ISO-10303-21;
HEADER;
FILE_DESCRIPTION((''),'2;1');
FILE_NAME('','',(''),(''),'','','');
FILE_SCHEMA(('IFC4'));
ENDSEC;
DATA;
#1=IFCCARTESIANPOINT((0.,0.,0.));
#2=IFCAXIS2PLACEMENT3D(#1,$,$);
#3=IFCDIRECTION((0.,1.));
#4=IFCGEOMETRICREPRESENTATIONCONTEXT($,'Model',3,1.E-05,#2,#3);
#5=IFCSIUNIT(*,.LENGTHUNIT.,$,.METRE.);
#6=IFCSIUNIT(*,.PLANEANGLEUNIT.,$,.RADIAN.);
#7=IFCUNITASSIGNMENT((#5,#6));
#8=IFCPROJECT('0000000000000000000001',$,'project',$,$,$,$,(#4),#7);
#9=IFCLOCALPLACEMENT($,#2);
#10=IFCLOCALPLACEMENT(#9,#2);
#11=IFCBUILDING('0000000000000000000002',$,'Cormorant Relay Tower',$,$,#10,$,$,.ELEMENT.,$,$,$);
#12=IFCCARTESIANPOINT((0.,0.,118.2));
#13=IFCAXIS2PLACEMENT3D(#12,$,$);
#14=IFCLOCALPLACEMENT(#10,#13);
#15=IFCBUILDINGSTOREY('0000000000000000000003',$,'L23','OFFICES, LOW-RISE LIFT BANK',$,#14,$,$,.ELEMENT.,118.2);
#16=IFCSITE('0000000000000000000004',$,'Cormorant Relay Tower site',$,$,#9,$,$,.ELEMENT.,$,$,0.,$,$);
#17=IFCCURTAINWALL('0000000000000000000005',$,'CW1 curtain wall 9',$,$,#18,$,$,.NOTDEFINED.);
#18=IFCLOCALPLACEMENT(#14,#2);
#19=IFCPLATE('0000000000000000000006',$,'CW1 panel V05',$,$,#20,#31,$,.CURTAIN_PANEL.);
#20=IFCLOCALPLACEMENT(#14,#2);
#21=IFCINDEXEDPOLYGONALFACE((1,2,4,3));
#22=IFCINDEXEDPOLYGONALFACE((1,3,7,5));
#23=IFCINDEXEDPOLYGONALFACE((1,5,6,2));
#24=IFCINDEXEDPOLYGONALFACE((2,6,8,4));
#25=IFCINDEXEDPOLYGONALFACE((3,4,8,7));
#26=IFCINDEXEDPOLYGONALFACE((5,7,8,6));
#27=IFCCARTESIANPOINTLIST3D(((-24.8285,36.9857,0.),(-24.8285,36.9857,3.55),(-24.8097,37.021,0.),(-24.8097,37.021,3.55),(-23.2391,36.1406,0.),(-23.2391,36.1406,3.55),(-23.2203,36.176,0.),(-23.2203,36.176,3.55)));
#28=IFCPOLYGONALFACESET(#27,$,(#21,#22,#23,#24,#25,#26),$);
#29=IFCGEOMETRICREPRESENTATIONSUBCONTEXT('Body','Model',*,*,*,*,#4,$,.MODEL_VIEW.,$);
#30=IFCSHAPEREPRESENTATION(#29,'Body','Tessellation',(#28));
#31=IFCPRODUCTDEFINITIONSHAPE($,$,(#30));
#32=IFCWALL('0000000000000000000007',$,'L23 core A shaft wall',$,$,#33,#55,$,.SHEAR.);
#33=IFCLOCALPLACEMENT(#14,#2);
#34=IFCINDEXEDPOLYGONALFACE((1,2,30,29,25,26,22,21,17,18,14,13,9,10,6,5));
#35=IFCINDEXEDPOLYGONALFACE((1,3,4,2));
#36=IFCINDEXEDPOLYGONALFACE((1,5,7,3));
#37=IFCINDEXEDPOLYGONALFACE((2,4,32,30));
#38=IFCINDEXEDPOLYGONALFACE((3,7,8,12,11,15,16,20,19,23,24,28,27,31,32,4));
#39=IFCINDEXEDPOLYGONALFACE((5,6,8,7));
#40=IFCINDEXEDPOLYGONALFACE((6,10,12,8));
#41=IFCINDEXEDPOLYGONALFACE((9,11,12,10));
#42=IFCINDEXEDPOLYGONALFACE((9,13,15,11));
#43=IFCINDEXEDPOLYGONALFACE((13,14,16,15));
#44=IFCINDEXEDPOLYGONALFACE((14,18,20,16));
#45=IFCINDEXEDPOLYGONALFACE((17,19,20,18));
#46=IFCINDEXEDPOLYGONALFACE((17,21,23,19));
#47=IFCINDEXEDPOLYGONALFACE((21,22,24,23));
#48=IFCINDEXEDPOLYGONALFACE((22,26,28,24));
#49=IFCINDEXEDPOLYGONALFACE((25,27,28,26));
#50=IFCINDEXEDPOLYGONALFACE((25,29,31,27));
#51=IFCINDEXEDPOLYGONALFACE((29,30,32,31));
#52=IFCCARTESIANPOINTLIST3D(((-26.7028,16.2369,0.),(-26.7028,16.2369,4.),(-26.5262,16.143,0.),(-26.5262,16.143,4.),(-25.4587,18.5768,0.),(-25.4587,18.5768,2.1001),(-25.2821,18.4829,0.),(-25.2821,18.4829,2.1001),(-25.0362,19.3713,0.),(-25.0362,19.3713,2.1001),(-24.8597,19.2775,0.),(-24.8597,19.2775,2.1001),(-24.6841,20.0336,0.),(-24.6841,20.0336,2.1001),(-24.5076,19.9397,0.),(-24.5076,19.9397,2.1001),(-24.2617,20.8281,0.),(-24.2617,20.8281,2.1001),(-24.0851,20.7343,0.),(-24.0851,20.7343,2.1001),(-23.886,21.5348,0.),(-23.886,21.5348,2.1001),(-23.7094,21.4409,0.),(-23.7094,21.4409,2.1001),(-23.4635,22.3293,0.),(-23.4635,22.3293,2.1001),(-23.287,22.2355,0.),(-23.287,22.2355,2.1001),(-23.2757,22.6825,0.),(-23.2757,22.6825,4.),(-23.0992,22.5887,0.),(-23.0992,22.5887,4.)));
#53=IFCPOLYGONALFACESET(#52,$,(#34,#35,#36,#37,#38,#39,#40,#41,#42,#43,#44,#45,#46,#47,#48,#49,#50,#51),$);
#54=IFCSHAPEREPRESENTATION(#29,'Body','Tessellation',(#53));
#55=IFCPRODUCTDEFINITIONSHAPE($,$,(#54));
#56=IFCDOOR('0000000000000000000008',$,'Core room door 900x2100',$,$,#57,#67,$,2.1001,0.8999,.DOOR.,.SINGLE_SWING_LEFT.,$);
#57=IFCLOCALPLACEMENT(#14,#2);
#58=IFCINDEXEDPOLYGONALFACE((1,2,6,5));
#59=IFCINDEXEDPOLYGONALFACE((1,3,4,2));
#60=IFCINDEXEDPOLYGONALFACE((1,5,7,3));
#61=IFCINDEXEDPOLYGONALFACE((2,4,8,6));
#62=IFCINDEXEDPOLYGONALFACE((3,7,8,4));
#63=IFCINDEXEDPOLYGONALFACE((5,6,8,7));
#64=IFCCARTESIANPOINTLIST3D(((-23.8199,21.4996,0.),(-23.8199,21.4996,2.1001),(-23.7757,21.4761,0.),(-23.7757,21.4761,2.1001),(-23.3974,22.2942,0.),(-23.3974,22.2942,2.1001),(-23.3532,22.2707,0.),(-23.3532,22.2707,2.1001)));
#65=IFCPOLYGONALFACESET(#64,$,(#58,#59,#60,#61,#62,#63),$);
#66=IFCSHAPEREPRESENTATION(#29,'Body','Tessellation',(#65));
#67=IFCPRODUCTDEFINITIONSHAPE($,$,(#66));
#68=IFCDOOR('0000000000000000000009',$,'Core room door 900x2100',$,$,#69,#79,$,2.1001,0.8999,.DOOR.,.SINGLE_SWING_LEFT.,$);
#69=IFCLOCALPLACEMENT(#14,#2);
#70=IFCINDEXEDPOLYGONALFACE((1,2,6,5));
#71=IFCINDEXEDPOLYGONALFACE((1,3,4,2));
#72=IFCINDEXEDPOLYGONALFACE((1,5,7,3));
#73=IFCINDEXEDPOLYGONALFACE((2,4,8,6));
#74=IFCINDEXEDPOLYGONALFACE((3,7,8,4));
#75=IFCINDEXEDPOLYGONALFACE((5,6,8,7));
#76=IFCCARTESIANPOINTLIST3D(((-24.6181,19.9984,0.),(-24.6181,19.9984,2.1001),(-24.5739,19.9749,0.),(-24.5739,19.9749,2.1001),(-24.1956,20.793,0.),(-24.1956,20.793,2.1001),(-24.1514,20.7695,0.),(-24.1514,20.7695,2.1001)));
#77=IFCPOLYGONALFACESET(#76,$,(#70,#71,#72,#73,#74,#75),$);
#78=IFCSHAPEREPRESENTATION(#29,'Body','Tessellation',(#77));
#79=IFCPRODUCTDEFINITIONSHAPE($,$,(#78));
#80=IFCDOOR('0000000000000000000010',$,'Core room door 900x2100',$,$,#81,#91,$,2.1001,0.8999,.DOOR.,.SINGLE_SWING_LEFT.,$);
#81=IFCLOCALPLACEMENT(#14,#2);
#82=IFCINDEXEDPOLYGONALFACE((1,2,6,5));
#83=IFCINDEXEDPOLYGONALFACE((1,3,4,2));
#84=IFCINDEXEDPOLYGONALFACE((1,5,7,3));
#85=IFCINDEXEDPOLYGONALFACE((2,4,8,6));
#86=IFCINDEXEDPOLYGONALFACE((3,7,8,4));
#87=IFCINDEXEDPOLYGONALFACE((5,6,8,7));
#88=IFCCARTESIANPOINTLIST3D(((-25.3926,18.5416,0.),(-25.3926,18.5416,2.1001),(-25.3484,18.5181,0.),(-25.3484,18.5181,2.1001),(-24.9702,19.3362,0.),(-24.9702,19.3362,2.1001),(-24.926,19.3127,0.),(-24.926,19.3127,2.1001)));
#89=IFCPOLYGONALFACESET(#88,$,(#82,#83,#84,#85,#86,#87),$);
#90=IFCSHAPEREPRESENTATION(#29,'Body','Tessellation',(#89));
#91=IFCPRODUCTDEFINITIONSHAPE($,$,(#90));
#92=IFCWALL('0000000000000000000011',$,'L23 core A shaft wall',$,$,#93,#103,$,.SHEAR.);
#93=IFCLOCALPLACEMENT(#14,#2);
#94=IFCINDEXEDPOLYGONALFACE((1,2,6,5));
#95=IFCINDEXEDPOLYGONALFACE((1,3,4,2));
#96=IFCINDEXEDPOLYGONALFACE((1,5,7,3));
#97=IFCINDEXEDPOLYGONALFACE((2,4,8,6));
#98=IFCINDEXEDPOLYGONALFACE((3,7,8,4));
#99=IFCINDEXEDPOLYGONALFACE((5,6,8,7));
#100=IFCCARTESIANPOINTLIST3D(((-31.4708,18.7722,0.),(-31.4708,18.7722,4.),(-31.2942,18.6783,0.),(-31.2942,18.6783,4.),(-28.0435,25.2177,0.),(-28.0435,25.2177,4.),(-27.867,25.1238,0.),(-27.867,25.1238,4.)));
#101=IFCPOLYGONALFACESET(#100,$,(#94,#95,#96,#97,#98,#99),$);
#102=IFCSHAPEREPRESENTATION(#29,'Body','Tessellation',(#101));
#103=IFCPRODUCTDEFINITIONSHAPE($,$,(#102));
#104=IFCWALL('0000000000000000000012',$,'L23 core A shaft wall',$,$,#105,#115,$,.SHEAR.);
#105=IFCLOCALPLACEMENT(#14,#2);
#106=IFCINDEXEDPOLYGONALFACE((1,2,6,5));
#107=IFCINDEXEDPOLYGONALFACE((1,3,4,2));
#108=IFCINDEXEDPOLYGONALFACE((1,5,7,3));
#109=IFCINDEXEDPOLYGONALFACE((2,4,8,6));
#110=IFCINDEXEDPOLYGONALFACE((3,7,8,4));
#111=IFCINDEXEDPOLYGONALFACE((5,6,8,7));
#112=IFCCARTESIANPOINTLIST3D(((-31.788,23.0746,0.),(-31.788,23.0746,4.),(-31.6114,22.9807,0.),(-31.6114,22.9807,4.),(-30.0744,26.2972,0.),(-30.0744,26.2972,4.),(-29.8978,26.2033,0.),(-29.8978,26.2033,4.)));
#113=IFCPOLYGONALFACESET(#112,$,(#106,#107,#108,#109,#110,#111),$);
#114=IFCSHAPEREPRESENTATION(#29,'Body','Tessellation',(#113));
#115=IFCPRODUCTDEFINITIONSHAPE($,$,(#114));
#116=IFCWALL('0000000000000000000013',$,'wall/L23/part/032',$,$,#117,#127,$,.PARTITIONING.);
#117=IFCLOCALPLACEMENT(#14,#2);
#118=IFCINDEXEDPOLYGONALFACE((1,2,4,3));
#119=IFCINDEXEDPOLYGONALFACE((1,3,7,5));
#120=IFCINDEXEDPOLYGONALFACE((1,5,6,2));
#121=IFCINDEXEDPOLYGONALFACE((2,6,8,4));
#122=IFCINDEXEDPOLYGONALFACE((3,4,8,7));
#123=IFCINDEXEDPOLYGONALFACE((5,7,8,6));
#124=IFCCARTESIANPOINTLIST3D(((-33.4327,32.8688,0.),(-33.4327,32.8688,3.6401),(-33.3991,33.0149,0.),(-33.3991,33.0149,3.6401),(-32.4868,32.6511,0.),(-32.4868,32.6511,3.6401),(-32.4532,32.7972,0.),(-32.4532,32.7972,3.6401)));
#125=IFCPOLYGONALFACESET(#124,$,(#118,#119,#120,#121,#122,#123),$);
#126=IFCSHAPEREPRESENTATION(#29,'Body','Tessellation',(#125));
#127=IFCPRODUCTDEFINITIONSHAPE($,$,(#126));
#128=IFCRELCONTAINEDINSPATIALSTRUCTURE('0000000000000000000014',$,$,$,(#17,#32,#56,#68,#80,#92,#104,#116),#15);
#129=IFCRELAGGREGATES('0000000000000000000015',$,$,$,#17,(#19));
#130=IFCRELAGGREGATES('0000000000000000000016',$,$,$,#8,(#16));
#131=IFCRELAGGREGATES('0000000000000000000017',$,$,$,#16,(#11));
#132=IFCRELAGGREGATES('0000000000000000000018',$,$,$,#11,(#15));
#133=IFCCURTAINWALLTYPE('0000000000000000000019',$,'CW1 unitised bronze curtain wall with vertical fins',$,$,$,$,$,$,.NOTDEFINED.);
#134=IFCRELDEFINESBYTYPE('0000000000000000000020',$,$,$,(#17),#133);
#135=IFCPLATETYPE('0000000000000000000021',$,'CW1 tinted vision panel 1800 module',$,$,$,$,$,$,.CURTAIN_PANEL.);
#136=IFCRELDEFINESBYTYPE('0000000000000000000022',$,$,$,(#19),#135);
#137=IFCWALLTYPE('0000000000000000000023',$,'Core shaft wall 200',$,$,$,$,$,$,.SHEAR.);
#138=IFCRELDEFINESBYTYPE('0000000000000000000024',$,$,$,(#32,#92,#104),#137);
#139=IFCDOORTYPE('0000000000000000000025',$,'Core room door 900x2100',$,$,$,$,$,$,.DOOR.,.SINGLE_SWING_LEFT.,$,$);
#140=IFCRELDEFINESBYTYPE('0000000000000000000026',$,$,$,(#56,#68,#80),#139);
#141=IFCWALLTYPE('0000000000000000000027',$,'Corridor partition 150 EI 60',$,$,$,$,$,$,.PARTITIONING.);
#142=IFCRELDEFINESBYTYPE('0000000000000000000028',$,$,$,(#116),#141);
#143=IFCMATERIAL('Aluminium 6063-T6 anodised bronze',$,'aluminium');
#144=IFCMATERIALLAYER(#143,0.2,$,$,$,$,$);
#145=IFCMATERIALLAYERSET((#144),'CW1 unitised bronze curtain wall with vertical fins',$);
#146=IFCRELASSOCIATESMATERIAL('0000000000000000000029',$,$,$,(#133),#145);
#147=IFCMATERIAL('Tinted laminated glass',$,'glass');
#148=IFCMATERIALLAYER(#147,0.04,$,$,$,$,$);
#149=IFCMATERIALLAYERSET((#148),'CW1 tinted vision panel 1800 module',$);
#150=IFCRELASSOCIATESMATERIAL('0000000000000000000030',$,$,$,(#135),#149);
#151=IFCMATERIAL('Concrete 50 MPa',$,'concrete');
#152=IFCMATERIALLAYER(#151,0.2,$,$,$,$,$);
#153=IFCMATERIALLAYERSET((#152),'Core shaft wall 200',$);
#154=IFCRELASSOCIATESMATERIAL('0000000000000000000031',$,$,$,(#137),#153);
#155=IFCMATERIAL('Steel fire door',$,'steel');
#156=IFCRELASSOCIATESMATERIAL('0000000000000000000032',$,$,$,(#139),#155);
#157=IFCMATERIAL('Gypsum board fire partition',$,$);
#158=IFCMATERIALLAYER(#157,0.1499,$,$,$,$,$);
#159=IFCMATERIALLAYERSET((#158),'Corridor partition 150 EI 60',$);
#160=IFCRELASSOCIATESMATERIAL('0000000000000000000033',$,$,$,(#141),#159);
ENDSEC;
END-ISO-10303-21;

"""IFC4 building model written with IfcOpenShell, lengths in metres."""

from ifc_helpers import new_model, si_unit, direction, frame, frame_2d, origin, origin_2d, place, context, subcontext, project, spatial, rectangle, extrude, material, layer, layer_set, type_object, element, fill, aggregate, save


model = new_model("IFC4")

# Units and contexts
model_context = context("Model", 3, precision=1e-05, world=origin(), true_north=direction((0.0, 1.0)))
body_context = subcontext(model_context, "Body", "Model", "MODEL_VIEW")
ifc_project = project(units=[si_unit("LENGTHUNIT", "METRE"), si_unit("PLANEANGLEUNIT", "RADIAN")], contexts=[model_context])

# Site, building, storey
site_placement = place(None, origin())
site = spatial("IfcSite", under=ifc_project, at=site_placement, Name="Cormorant Relay Tower site", CompositionType="ELEMENT", RefElevation=0.0)
building_placement = place(site_placement, origin())
building = spatial("IfcBuilding", under=site, at=building_placement, Name="Cormorant Relay Tower", CompositionType="ELEMENT")
storey_placement = place(building_placement, frame((0.0, 0.0, 118.2)))
storey = spatial("IfcBuildingStorey", under=building, at=storey_placement, Name="L23", Description="OFFICES, LOW-RISE LIFT BANK", CompositionType="ELEMENT", Elevation=118.2)

# Curtain wall
ifc_material_1 = material(Name="Aluminium 6063-T6 anodised bronze", Category="aluminium")
ifc_layer_1 = layer(ifc_material_1, 0.2)
ifc_layer_set_1 = layer_set([ifc_layer_1], Name="CW1 unitised bronze curtain wall with vertical fins")
curtain_wall_type = type_object("IfcCurtainWallType", Name="CW1 unitised bronze curtain wall with vertical fins", PredefinedType="NOTDEFINED", material=ifc_layer_set_1)
curtain_wall_1_placement = place(storey_placement, origin())
curtain_wall_1 = element("IfcCurtainWall", 1, at=curtain_wall_1_placement, inside=storey, type_object=curtain_wall_type, Name="CW1 curtain wall 9", PredefinedType="NOTDEFINED")

# Plate
ifc_material_2 = material(Name="Tinted laminated glass", Category="glass")
ifc_layer_2 = layer(ifc_material_2, 0.04)
ifc_layer_set_2 = layer_set([ifc_layer_2], Name="CW1 tinted vision panel 1800 module")
plate_type = type_object("IfcPlateType", Name="CW1 tinted vision panel 1800 module", PredefinedType="CURTAIN_PANEL", material=ifc_layer_set_2)
plate_placement = place(storey_placement, frame((-24.0244, 36.5808, 0.0), z_axis=(0.0, 0.0, 1.0), x_axis=(-0.882948, 0.469472, 0.0)))
plate = element("IfcPlate", 2, at=plate_placement, type_object=plate_type, Name="CW1 panel V05", PredefinedType="CURTAIN_PANEL", context=body_context, shape_type="SweptSolid", body=[
    extrude(rectangle(XDim=1.8, YDim=0.04, at=origin_2d()), origin(), (0.0, 0.0, 1.0), 3.55),
])

# Wall, openings, doors
ifc_material_3 = material(Name="Concrete 50 MPa", Category="concrete")
ifc_layer_3 = layer(ifc_material_3, 0.2)
ifc_layer_set_3 = layer_set([ifc_layer_3], Name="Core shaft wall 200")
wall_type_1 = type_object("IfcWallType", Name="Core shaft wall 200", PredefinedType="SHEAR", material=ifc_layer_set_3)
wall_1_placement = place(storey_placement, frame((-23.1875, 22.6355, 0.0), z_axis=(0.0, 0.0, 1.0), x_axis=(-0.469454, -0.882957, 0.0)))
wall_1 = element("IfcWall", 3, at=wall_1_placement, inside=storey, type_object=wall_type_1, Name="L23 core A shaft wall", PredefinedType="SHEAR", context=body_context, shape_type="SweptSolid", body=[
    extrude(rectangle(XDim=7.3, YDim=0.2, at=frame_2d((3.6499, 0.0))), origin(), (0.0, 0.0, 1.0), 4.0),
])
opening_1_placement = place(wall_1_placement, frame((0.3999, 0.0, 0.0)))
opening_1 = element("IfcOpeningElement", 4, at=opening_1_placement, cuts=wall_1, PredefinedType="OPENING", context=body_context, shape_type="SweptSolid", body=[
    extrude(rectangle(XDim=0.8999, YDim=2.1001, at=frame_2d((0.45, 1.05))), frame((0.0, 0.1099, 0.0), z_axis=(0.0, -1.0, 0.0), x_axis=(1.0, 0.0, 0.0)), (0.0, 0.0, 1.0), 0.22),
])
opening_2_placement = place(wall_1_placement, frame((2.1001, 0.0, 0.0)))
opening_2 = element("IfcOpeningElement", 5, at=opening_2_placement, cuts=wall_1, PredefinedType="OPENING", context=body_context, shape_type="SweptSolid", body=[
    extrude(rectangle(XDim=0.8999, YDim=2.1001, at=frame_2d((0.45, 1.05))), frame((0.0, 0.1099, 0.0), z_axis=(0.0, -1.0, 0.0), x_axis=(1.0, 0.0, 0.0)), (0.0, 0.0, 1.0), 0.22),
])
opening_3_placement = place(wall_1_placement, frame((3.75, 0.0, 0.0)))
opening_3 = element("IfcOpeningElement", 6, at=opening_3_placement, cuts=wall_1, PredefinedType="OPENING", context=body_context, shape_type="SweptSolid", body=[
    extrude(rectangle(XDim=0.8999, YDim=2.1001, at=frame_2d((0.45, 1.05))), frame((0.0, 0.1099, 0.0), z_axis=(0.0, -1.0, 0.0), x_axis=(1.0, 0.0, 0.0)), (0.0, 0.0, 1.0), 0.22),
])
ifc_material_4 = material(Name="Steel fire door", Category="steel")
door_type_1 = type_object("IfcDoorType", Name="Core room door 900x2100", OperationType="SINGLE_SWING_LEFT", PredefinedType="DOOR", material=ifc_material_4)
door_1_placement = place(opening_1_placement, origin())
door_1 = element("IfcDoor", 7, at=door_1_placement, inside=storey, type_object=door_type_1, Name="Core room door 900x2100", OperationType="SINGLE_SWING_LEFT", OverallHeight=2.1001, OverallWidth=0.8999, PredefinedType="DOOR", context=body_context, shape_type="SweptSolid", body=[
    extrude(rectangle(XDim=0.8999, YDim=2.1001, at=frame_2d((0.45, 1.05))), frame((0.0, 0.0249, 0.0), z_axis=(0.0, -1.0, 0.0), x_axis=(1.0, 0.0, 0.0)), (0.0, 0.0, 1.0), 0.05),
])
fill(opening_1, door_1)
door_2_placement = place(opening_2_placement, origin())
door_2 = element("IfcDoor", 8, at=door_2_placement, inside=storey, type_object=door_type_1, Name="Core room door 900x2100", OperationType="SINGLE_SWING_LEFT", OverallHeight=2.1001, OverallWidth=0.8999, PredefinedType="DOOR", context=body_context, shape_type="SweptSolid", body=[
    extrude(rectangle(XDim=0.8999, YDim=2.1001, at=frame_2d((0.45, 1.05))), frame((0.0, 0.0249, 0.0), z_axis=(0.0, -1.0, 0.0), x_axis=(1.0, 0.0, 0.0)), (0.0, 0.0, 1.0), 0.05),
])
fill(opening_2, door_2)
door_3_placement = place(opening_3_placement, origin())
door_3 = element("IfcDoor", 9, at=door_3_placement, inside=storey, type_object=door_type_1, Name="Core room door 900x2100", OperationType="SINGLE_SWING_LEFT", OverallHeight=2.1001, OverallWidth=0.8999, PredefinedType="DOOR", context=body_context, shape_type="SweptSolid", body=[
    extrude(rectangle(XDim=0.8999, YDim=2.1001, at=frame_2d((0.45, 1.05))), frame((0.0, 0.0249, 0.0), z_axis=(0.0, -1.0, 0.0), x_axis=(1.0, 0.0, 0.0)), (0.0, 0.0, 1.0), 0.05),
])
fill(opening_3, door_3)

# Walls
wall_2_placement = place(storey_placement, frame((-27.9553, 25.1707, 0.0), z_axis=(0.0, 0.0, 1.0), x_axis=(-0.46948, -0.882943, 0.0)))
element("IfcWall", 10, at=wall_2_placement, inside=storey, type_object=wall_type_1, Name="L23 core A shaft wall", PredefinedType="SHEAR", context=body_context, shape_type="SweptSolid", body=[
    extrude(rectangle(XDim=7.3, YDim=0.2, at=frame_2d((3.6499, 0.0))), origin(), (0.0, 0.0, 1.0), 4.0),
])
wall_3_placement = place(storey_placement, frame((-29.9861, 26.2502, 0.0), z_axis=(0.0, 0.0, 1.0), x_axis=(-0.469494, -0.882936, 0.0)))
element("IfcWall", 11, at=wall_3_placement, inside=storey, type_object=wall_type_1, Name="L23 core A shaft wall", PredefinedType="SHEAR", context=body_context, shape_type="SweptSolid", body=[
    extrude(rectangle(XDim=3.6499, YDim=0.2, at=frame_2d((1.825, 0.0))), origin(), (0.0, 0.0, 1.0), 4.0),
])

# Wall
ifc_material_5 = material(Name="Gypsum board fire partition")
ifc_layer_4 = layer(ifc_material_5, 0.1499)
ifc_layer_set_4 = layer_set([ifc_layer_4], Name="Corridor partition 150 EI 60")
wall_type_2 = type_object("IfcWallType", Name="Corridor partition 150 EI 60", PredefinedType="PARTITIONING", material=ifc_layer_set_4)
wall_4_placement = place(storey_placement, frame((-32.47, 32.7241, 0.0), z_axis=(0.0, 0.0, 1.0), x_axis=(-0.974514, 0.224327, 0.0)))
element("IfcWall", 12, at=wall_4_placement, inside=storey, type_object=wall_type_2, Name="wall/L23/part/032", PredefinedType="PARTITIONING", context=body_context, shape_type="SweptSolid", body=[
    extrude(rectangle(XDim=0.9707, YDim=0.1499, at=frame_2d((0.4854, 0.0))), origin(), (0.0, 0.0, 1.0), 3.6401),
])

aggregate(curtain_wall_1, [plate])

save(model, "model.ifc")
